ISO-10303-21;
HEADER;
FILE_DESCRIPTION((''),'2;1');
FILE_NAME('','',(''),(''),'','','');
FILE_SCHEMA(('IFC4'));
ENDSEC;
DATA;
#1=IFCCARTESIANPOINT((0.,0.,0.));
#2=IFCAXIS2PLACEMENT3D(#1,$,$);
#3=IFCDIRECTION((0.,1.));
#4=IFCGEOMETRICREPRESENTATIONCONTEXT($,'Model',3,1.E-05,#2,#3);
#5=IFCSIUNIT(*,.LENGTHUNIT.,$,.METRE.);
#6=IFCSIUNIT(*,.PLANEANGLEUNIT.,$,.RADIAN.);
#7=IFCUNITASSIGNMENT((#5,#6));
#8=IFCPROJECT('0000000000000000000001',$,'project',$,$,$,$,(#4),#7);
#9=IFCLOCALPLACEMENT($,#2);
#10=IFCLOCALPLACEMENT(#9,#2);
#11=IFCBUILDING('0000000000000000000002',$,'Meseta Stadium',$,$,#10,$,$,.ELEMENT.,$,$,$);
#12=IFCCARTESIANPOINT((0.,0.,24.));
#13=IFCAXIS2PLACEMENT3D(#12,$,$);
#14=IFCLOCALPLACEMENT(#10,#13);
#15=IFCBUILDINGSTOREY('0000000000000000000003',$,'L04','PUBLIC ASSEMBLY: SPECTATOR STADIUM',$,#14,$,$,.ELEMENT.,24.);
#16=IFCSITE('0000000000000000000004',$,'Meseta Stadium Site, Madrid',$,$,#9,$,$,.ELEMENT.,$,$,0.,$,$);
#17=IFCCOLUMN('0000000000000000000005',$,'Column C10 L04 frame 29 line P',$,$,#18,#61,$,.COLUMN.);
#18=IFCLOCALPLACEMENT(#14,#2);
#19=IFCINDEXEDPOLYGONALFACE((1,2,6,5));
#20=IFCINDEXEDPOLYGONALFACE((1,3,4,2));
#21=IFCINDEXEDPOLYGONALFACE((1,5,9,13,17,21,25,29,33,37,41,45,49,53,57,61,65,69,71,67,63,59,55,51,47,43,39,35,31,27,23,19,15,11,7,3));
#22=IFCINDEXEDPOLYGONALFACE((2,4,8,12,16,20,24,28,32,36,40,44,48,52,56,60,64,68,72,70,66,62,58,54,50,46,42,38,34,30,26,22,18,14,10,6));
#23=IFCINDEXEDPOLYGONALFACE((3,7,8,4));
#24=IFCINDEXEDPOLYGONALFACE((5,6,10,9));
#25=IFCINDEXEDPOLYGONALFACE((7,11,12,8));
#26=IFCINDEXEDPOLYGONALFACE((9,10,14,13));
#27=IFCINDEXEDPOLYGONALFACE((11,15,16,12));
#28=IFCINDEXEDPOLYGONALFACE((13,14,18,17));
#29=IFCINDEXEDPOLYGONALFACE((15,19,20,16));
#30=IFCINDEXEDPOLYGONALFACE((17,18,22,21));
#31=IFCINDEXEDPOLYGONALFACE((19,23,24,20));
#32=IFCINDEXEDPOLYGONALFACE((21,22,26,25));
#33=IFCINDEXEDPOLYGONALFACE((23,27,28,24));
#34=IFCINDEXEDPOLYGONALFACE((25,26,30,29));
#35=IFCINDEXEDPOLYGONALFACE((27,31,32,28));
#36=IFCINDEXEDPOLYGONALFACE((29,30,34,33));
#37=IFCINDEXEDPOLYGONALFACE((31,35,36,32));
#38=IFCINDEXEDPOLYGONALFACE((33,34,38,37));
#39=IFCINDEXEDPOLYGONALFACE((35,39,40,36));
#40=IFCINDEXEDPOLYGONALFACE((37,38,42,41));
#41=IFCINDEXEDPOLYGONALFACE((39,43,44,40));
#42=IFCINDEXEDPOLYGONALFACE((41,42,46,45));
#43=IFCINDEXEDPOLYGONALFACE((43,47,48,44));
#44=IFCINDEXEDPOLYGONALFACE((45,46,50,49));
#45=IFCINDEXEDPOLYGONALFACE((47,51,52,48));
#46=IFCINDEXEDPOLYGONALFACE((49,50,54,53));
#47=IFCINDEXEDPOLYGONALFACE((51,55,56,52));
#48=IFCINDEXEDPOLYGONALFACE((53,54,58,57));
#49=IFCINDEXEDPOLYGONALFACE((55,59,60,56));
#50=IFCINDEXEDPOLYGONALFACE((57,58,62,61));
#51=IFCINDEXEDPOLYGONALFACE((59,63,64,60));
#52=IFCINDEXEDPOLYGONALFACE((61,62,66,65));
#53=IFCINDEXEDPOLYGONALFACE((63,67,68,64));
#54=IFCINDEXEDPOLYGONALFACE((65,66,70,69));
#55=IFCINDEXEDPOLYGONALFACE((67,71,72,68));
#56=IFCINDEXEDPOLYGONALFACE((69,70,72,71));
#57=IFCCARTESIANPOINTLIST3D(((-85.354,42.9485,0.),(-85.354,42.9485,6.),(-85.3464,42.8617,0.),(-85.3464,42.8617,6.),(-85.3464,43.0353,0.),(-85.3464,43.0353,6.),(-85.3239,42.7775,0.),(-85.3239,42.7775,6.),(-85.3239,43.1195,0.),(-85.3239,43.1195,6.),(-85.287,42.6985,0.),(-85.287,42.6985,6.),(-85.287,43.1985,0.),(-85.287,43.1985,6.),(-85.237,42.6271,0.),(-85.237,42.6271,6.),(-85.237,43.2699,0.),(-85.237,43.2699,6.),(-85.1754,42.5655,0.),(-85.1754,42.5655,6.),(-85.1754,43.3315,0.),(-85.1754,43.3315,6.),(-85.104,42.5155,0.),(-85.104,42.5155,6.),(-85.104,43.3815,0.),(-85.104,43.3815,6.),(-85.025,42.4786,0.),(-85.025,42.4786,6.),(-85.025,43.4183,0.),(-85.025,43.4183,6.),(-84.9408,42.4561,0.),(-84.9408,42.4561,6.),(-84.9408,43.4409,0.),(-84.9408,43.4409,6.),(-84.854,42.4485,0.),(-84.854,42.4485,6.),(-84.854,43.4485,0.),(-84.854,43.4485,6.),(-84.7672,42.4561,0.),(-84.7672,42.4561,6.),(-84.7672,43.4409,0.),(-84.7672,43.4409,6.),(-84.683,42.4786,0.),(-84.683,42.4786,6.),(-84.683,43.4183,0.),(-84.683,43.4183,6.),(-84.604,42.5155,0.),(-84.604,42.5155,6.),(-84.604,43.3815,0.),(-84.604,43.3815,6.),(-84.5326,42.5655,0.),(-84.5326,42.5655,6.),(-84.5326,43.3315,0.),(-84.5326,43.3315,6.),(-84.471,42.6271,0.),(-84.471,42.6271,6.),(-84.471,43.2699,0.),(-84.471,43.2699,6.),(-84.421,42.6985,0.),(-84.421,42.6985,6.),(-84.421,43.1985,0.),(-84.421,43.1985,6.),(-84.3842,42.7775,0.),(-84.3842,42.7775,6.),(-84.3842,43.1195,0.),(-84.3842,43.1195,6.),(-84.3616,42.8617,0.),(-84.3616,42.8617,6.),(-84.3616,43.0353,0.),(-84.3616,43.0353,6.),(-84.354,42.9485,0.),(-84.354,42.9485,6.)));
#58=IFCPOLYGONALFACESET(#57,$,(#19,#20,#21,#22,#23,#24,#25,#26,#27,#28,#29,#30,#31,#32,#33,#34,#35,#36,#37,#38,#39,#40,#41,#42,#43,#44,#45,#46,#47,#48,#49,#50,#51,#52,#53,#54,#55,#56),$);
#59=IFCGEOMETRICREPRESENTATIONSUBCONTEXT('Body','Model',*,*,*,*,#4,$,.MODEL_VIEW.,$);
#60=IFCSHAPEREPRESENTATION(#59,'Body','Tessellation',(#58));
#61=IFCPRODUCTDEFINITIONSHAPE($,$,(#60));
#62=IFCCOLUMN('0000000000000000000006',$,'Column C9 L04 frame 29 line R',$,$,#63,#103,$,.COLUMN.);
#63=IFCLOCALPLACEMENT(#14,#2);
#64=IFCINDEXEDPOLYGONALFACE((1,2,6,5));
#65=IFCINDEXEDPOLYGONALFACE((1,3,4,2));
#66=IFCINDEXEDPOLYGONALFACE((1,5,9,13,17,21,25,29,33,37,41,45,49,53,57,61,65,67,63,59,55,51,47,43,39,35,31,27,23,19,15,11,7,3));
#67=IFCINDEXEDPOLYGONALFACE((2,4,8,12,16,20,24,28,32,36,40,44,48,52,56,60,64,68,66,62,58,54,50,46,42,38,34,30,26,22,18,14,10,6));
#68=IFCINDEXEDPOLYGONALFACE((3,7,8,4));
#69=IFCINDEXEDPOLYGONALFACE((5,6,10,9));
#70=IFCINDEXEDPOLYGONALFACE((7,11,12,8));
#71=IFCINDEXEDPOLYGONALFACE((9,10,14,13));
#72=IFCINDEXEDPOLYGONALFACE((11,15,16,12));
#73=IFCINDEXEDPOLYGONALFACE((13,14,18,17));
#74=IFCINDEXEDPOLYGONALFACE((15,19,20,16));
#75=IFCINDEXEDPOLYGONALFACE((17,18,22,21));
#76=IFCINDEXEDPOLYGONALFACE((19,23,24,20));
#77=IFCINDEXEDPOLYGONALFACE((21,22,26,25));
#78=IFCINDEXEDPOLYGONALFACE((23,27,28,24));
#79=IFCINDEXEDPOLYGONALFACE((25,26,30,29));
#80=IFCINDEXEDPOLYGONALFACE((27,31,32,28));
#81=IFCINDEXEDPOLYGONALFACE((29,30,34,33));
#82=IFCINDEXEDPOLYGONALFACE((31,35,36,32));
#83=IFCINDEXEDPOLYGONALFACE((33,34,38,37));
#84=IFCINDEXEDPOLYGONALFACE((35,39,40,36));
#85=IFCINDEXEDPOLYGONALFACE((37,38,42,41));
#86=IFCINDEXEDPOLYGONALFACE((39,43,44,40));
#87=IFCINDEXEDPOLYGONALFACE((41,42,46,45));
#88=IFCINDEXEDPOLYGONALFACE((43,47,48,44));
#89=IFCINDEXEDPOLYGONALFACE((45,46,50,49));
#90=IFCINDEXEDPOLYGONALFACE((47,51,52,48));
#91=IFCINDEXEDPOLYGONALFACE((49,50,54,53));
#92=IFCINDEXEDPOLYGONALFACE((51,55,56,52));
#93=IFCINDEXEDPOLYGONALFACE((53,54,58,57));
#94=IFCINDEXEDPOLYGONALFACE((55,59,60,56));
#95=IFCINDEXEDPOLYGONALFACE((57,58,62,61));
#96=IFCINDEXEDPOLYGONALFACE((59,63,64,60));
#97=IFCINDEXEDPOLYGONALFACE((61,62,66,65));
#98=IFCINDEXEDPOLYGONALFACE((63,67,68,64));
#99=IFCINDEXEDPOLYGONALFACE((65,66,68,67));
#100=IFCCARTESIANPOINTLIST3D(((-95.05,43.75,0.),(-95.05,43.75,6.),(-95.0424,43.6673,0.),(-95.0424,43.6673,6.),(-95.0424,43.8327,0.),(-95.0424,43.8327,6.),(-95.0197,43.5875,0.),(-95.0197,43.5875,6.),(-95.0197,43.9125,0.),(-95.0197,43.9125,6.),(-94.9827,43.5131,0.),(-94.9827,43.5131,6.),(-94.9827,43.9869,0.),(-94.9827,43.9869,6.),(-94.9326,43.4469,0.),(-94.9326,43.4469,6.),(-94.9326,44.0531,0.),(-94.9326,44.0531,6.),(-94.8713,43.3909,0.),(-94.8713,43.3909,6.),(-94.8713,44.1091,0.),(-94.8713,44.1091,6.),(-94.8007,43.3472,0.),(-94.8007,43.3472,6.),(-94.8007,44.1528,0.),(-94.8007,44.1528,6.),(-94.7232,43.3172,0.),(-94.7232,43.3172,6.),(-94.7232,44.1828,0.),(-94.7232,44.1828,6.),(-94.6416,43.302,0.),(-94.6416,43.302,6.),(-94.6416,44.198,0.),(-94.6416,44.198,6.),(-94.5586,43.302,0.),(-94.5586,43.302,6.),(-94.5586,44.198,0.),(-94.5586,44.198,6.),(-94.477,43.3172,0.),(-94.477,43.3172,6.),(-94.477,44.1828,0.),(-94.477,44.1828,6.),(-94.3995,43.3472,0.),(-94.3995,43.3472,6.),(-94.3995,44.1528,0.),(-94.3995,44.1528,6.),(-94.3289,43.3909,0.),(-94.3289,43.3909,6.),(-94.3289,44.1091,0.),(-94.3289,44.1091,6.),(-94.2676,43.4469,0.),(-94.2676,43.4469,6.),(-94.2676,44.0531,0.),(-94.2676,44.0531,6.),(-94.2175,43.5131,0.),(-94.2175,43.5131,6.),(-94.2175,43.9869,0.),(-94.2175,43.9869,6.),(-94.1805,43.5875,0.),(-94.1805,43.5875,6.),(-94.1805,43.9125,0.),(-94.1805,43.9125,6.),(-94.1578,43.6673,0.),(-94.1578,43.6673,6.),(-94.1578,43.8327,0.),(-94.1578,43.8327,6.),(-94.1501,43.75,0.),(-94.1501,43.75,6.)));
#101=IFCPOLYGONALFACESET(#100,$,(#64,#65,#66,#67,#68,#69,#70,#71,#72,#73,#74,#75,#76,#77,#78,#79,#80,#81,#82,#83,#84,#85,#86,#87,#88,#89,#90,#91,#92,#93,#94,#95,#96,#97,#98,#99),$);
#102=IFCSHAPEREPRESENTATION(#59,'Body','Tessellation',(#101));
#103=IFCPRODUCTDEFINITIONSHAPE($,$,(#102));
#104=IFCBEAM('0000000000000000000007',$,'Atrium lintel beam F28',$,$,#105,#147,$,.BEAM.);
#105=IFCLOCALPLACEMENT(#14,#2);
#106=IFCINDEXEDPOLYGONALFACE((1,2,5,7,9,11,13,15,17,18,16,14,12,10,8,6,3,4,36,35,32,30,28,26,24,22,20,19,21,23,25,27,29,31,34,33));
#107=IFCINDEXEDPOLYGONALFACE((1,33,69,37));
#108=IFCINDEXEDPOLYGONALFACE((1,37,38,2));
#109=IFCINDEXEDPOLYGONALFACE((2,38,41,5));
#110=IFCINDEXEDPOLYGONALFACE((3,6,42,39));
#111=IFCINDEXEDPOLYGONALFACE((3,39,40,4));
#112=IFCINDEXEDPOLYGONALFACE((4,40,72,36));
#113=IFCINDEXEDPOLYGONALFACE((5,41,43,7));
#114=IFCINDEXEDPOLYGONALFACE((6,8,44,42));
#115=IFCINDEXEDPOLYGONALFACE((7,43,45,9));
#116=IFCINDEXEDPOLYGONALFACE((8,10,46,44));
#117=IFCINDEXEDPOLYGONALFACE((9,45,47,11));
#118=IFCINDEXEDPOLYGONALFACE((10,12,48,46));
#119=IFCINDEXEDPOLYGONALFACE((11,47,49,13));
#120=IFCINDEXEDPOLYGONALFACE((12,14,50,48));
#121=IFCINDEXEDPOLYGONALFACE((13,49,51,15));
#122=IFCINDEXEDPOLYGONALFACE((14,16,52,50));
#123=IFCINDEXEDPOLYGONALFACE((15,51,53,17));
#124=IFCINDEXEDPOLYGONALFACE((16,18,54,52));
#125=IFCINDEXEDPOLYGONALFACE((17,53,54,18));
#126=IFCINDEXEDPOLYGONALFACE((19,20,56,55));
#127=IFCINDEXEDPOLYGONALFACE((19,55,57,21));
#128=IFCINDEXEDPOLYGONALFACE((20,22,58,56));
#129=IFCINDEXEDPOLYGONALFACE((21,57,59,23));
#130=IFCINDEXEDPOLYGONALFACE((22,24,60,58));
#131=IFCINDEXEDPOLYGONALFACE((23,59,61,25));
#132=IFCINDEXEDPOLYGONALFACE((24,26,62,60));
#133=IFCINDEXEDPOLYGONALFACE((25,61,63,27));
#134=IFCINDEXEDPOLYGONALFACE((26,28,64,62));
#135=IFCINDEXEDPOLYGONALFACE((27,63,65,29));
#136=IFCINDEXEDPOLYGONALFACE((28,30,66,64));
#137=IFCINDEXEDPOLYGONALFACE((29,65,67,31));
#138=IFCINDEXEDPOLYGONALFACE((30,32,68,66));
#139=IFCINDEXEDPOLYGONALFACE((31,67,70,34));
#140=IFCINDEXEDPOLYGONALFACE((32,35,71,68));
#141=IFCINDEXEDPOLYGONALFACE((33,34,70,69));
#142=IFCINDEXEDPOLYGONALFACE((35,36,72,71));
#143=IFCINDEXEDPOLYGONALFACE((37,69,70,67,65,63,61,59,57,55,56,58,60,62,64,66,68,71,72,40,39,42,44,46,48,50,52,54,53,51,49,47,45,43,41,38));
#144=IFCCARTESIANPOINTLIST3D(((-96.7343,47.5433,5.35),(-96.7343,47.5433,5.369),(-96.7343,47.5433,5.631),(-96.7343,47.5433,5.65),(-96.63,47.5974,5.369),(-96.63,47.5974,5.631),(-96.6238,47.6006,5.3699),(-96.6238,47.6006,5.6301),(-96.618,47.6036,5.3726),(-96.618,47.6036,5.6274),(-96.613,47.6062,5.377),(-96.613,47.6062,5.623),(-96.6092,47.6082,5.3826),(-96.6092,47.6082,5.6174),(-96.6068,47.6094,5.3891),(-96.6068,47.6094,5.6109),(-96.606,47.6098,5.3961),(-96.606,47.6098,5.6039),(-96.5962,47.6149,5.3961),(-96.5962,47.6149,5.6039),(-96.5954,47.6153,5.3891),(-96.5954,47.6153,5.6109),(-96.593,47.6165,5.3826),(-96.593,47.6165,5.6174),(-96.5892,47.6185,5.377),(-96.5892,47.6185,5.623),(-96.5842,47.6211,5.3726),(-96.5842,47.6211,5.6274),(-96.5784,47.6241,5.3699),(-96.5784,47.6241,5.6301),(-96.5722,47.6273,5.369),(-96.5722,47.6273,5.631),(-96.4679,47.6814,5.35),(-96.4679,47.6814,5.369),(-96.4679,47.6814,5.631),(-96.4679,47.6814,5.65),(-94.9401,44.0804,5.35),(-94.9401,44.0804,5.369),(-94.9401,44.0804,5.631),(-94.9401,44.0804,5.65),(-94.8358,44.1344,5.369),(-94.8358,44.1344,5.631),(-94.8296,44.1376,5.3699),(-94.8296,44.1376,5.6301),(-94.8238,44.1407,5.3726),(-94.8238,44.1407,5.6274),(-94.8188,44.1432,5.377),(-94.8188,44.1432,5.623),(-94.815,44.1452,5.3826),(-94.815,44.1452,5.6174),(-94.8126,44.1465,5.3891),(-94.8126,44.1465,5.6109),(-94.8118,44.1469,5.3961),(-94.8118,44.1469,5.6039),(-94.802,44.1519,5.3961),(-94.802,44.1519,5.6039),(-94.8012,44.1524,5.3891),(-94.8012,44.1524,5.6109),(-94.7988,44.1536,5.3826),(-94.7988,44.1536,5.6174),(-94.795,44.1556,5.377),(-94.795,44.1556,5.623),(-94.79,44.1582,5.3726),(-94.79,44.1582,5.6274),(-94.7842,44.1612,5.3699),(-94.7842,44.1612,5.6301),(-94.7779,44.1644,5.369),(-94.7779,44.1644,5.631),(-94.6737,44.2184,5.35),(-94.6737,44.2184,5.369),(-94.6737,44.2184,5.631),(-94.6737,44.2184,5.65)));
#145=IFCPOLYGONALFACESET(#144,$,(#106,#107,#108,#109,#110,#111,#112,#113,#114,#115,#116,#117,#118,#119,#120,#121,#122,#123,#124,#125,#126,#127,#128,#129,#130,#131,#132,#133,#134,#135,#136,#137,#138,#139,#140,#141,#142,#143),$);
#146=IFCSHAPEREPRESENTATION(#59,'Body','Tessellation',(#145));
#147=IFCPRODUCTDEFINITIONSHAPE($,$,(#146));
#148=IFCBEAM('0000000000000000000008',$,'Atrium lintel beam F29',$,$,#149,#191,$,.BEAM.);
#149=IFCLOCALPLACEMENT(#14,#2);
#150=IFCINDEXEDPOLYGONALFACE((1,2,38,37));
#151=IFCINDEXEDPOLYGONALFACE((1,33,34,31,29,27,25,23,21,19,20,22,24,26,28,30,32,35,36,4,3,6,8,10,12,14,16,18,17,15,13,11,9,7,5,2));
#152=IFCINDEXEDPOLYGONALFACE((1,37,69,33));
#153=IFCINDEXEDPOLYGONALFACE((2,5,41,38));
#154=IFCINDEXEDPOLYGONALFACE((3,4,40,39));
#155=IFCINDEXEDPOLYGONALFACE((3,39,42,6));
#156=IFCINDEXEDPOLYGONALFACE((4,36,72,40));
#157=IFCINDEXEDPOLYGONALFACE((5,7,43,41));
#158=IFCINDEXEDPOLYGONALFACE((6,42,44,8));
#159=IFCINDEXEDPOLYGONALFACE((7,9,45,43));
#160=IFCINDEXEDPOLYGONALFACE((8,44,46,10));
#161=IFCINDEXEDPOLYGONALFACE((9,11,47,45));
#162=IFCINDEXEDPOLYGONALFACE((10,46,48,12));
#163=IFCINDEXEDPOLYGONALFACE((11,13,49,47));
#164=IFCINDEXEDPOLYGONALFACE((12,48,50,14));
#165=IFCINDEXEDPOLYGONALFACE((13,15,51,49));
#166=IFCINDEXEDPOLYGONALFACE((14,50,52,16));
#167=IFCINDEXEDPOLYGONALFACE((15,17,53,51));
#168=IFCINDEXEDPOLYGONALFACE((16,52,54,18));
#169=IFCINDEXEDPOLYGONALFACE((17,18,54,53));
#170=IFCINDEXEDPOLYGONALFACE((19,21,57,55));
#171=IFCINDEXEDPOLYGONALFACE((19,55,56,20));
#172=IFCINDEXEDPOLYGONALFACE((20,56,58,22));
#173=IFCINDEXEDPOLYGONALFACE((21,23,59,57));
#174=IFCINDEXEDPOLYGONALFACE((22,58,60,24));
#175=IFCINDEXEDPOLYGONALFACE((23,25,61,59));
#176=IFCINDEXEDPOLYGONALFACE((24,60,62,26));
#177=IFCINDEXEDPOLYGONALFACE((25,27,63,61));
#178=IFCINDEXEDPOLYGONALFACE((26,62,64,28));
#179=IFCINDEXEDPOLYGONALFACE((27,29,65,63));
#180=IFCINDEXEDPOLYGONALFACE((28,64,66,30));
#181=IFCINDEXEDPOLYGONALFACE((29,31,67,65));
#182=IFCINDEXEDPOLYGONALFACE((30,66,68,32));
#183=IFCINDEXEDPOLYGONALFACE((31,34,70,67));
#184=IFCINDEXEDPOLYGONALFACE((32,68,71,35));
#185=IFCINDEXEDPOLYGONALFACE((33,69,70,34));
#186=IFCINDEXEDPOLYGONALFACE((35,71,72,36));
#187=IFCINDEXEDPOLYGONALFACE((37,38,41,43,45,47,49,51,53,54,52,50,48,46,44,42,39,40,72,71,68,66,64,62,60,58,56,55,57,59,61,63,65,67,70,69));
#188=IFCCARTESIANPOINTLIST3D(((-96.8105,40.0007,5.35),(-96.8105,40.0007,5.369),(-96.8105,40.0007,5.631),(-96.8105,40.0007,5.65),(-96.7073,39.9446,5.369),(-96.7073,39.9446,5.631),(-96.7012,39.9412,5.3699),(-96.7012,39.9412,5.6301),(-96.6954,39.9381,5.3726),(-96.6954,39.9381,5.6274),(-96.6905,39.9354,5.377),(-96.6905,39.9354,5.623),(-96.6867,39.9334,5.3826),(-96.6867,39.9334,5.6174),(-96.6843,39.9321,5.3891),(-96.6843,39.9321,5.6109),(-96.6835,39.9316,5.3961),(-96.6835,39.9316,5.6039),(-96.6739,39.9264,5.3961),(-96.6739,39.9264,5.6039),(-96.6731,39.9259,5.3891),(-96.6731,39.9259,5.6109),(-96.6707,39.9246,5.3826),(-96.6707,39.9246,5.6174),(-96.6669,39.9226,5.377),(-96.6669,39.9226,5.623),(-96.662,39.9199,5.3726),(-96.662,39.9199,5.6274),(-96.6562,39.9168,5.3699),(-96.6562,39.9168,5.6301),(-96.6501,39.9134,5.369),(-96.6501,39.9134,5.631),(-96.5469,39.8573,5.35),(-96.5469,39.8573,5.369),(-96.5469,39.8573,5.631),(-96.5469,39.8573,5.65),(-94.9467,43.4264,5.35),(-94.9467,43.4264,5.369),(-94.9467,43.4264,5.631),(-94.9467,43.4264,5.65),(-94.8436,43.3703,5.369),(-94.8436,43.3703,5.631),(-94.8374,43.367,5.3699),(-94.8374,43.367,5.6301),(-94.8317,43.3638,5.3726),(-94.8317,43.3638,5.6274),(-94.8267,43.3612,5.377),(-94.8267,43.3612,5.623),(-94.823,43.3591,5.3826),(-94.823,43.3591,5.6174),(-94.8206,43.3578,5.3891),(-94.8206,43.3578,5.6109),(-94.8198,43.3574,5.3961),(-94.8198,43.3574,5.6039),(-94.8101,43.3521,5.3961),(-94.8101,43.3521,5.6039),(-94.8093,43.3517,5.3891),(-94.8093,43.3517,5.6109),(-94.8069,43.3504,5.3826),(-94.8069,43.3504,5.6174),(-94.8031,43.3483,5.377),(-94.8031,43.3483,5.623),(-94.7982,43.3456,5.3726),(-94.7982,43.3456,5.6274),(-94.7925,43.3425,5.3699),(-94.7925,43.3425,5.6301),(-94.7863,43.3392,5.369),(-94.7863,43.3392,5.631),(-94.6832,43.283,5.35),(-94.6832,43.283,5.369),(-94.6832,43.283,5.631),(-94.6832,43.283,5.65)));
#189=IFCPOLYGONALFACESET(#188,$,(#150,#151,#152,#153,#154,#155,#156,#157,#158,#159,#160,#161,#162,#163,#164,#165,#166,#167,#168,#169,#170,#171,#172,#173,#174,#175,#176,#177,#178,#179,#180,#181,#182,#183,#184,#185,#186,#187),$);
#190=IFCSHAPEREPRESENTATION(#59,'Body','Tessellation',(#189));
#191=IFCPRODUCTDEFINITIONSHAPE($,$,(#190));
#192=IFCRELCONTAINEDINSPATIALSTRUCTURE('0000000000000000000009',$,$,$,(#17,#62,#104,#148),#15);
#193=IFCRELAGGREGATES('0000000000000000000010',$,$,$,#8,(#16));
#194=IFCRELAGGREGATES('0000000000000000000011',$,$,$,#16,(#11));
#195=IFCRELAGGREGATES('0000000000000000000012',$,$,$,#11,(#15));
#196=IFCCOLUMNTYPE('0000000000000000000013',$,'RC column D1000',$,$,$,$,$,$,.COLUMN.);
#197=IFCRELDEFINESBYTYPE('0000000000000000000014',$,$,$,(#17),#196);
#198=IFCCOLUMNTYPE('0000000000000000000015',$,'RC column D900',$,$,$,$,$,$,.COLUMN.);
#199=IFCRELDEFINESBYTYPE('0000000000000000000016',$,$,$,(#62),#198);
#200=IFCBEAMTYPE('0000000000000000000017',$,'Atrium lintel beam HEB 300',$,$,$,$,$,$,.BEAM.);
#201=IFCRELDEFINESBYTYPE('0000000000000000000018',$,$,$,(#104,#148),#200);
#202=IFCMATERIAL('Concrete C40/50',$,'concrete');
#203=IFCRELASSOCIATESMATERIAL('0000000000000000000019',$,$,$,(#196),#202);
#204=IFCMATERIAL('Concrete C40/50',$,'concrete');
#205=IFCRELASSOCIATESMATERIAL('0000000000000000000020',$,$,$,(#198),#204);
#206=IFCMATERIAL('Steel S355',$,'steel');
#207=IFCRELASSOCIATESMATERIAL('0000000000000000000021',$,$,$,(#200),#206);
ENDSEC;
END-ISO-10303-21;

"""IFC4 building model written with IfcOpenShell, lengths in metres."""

from ifc_helpers import new_model, si_unit, direction, frame, origin, origin_2d, place, context, subcontext, project, spatial, circle, i_section, extrude, material, material_profile, profile_set, type_object, element, save


model = new_model("IFC4")

# Units and contexts
model_context = context("Model", 3, precision=1e-05, world=origin(), true_north=direction((0.0, 1.0)))
body_context = subcontext(model_context, "Body", "Model", "MODEL_VIEW")
ifc_project = project(units=[si_unit("LENGTHUNIT", "METRE"), si_unit("PLANEANGLEUNIT", "RADIAN")], contexts=[model_context])

# Site, building, storey
site_placement = place(None, origin())
site = spatial("IfcSite", under=ifc_project, at=site_placement, Name="Meseta Stadium Site, Madrid", CompositionType="ELEMENT", RefElevation=0.0)
building_placement = place(site_placement, origin())
building = spatial("IfcBuilding", under=site, at=building_placement, Name="Meseta Stadium", CompositionType="ELEMENT")
storey_placement = place(building_placement, frame((0.0, 0.0, 24.0)))
storey = spatial("IfcBuildingStorey", under=building, at=storey_placement, Name="L04", Description="PUBLIC ASSEMBLY: SPECTATOR STADIUM", CompositionType="ELEMENT", Elevation=24.0)

# Columns
ifc_material_1 = material(Name="Concrete C40/50", Category="concrete")
ifc_material_profile_1 = material_profile(ifc_material_1, circle(Radius=0.5, at=origin_2d()), Name="RC D1000")
ifc_profile_set_1 = profile_set([ifc_material_profile_1], Name="Concrete C40/50")
column_type_1 = type_object("IfcColumnType", Name="RC column D1000", PredefinedType="COLUMN", material=ifc_profile_set_1)
column_1_placement = place(storey_placement, frame((-84.854, 42.9485, 0.0), z_axis=(0.0, 0.0, 1.0), x_axis=(1.0, 0.0, 0.0)))
element("IfcColumn", 1, at=column_1_placement, inside=storey, type_object=column_type_1, Name="Column C10 L04 frame 29 line P", PredefinedType="COLUMN", context=body_context, shape_type="SweptSolid", body=[
    extrude(circle(Radius=0.5, at=origin_2d()), origin(), (0.0, 0.0, 1.0), 6.0),
])
ifc_material_2 = material(Name="Concrete C40/50", Category="concrete")
ifc_material_profile_2 = material_profile(ifc_material_2, circle(Radius=0.45, at=origin_2d()), Name="RC D900")
ifc_profile_set_2 = profile_set([ifc_material_profile_2], Name="Concrete C40/50")
column_type_2 = type_object("IfcColumnType", Name="RC column D900", PredefinedType="COLUMN", material=ifc_profile_set_2)
column_2_placement = place(storey_placement, frame((-94.6001, 43.75, 0.0), z_axis=(0.0, 0.0, 1.0), x_axis=(1.0, 0.0, 0.0)))
element("IfcColumn", 2, at=column_2_placement, inside=storey, type_object=column_type_2, Name="Column C9 L04 frame 29 line R", PredefinedType="COLUMN", context=body_context, shape_type="SweptSolid", body=[
    extrude(circle(Radius=0.45, at=origin_2d()), origin(), (0.0, 0.0, 1.0), 6.0),
])

# Beams
ifc_material_3 = material(Name="Steel S355", Category="steel")
ifc_material_profile_3 = material_profile(ifc_material_3, i_section(OverallWidth=0.3, OverallDepth=0.3, WebThickness=0.011, FlangeThickness=0.019, FilletRadius=0.0271, at=origin_2d()), Name="HEB 300")
ifc_profile_set_3 = profile_set([ifc_material_profile_3], Name="Steel S355")
beam_type_1 = type_object("IfcBeamType", Name="Atrium lintel beam HEB 300", PredefinedType="BEAM", material=ifc_profile_set_3)
beam_1_placement = place(storey_placement, frame((-94.8069, 44.1494, 5.5), z_axis=(-0.460038, 0.887899, 0.0), x_axis=(-0.887899, -0.460038, 0.0)))
element("IfcBeam", 3, at=beam_1_placement, inside=storey, type_object=beam_type_1, Name="Atrium lintel beam F28", PredefinedType="BEAM", context=body_context, shape_type="SweptSolid", body=[
    extrude(i_section(OverallWidth=0.3, OverallDepth=0.3, WebThickness=0.011, FlangeThickness=0.019, FilletRadius=0.0271, at=origin_2d()), origin(), (0.0, 0.0, 1.0), 3.9001),
])
beam_2_placement = place(storey_placement, frame((-94.8149, 43.3547, 5.5), z_axis=(-0.477896, -0.878417, 0.0), x_axis=(0.878417, -0.477896, 0.0)))
element("IfcBeam", 4, at=beam_2_placement, inside=storey, type_object=beam_type_1, Name="Atrium lintel beam F29", PredefinedType="BEAM", context=body_context, shape_type="SweptSolid", body=[
    extrude(i_section(OverallWidth=0.3, OverallDepth=0.3, WebThickness=0.011, FlangeThickness=0.019, FilletRadius=0.0271, at=origin_2d()), origin(), (0.0, 0.0, 1.0), 3.8999),
])

save(model, "model.ifc")
